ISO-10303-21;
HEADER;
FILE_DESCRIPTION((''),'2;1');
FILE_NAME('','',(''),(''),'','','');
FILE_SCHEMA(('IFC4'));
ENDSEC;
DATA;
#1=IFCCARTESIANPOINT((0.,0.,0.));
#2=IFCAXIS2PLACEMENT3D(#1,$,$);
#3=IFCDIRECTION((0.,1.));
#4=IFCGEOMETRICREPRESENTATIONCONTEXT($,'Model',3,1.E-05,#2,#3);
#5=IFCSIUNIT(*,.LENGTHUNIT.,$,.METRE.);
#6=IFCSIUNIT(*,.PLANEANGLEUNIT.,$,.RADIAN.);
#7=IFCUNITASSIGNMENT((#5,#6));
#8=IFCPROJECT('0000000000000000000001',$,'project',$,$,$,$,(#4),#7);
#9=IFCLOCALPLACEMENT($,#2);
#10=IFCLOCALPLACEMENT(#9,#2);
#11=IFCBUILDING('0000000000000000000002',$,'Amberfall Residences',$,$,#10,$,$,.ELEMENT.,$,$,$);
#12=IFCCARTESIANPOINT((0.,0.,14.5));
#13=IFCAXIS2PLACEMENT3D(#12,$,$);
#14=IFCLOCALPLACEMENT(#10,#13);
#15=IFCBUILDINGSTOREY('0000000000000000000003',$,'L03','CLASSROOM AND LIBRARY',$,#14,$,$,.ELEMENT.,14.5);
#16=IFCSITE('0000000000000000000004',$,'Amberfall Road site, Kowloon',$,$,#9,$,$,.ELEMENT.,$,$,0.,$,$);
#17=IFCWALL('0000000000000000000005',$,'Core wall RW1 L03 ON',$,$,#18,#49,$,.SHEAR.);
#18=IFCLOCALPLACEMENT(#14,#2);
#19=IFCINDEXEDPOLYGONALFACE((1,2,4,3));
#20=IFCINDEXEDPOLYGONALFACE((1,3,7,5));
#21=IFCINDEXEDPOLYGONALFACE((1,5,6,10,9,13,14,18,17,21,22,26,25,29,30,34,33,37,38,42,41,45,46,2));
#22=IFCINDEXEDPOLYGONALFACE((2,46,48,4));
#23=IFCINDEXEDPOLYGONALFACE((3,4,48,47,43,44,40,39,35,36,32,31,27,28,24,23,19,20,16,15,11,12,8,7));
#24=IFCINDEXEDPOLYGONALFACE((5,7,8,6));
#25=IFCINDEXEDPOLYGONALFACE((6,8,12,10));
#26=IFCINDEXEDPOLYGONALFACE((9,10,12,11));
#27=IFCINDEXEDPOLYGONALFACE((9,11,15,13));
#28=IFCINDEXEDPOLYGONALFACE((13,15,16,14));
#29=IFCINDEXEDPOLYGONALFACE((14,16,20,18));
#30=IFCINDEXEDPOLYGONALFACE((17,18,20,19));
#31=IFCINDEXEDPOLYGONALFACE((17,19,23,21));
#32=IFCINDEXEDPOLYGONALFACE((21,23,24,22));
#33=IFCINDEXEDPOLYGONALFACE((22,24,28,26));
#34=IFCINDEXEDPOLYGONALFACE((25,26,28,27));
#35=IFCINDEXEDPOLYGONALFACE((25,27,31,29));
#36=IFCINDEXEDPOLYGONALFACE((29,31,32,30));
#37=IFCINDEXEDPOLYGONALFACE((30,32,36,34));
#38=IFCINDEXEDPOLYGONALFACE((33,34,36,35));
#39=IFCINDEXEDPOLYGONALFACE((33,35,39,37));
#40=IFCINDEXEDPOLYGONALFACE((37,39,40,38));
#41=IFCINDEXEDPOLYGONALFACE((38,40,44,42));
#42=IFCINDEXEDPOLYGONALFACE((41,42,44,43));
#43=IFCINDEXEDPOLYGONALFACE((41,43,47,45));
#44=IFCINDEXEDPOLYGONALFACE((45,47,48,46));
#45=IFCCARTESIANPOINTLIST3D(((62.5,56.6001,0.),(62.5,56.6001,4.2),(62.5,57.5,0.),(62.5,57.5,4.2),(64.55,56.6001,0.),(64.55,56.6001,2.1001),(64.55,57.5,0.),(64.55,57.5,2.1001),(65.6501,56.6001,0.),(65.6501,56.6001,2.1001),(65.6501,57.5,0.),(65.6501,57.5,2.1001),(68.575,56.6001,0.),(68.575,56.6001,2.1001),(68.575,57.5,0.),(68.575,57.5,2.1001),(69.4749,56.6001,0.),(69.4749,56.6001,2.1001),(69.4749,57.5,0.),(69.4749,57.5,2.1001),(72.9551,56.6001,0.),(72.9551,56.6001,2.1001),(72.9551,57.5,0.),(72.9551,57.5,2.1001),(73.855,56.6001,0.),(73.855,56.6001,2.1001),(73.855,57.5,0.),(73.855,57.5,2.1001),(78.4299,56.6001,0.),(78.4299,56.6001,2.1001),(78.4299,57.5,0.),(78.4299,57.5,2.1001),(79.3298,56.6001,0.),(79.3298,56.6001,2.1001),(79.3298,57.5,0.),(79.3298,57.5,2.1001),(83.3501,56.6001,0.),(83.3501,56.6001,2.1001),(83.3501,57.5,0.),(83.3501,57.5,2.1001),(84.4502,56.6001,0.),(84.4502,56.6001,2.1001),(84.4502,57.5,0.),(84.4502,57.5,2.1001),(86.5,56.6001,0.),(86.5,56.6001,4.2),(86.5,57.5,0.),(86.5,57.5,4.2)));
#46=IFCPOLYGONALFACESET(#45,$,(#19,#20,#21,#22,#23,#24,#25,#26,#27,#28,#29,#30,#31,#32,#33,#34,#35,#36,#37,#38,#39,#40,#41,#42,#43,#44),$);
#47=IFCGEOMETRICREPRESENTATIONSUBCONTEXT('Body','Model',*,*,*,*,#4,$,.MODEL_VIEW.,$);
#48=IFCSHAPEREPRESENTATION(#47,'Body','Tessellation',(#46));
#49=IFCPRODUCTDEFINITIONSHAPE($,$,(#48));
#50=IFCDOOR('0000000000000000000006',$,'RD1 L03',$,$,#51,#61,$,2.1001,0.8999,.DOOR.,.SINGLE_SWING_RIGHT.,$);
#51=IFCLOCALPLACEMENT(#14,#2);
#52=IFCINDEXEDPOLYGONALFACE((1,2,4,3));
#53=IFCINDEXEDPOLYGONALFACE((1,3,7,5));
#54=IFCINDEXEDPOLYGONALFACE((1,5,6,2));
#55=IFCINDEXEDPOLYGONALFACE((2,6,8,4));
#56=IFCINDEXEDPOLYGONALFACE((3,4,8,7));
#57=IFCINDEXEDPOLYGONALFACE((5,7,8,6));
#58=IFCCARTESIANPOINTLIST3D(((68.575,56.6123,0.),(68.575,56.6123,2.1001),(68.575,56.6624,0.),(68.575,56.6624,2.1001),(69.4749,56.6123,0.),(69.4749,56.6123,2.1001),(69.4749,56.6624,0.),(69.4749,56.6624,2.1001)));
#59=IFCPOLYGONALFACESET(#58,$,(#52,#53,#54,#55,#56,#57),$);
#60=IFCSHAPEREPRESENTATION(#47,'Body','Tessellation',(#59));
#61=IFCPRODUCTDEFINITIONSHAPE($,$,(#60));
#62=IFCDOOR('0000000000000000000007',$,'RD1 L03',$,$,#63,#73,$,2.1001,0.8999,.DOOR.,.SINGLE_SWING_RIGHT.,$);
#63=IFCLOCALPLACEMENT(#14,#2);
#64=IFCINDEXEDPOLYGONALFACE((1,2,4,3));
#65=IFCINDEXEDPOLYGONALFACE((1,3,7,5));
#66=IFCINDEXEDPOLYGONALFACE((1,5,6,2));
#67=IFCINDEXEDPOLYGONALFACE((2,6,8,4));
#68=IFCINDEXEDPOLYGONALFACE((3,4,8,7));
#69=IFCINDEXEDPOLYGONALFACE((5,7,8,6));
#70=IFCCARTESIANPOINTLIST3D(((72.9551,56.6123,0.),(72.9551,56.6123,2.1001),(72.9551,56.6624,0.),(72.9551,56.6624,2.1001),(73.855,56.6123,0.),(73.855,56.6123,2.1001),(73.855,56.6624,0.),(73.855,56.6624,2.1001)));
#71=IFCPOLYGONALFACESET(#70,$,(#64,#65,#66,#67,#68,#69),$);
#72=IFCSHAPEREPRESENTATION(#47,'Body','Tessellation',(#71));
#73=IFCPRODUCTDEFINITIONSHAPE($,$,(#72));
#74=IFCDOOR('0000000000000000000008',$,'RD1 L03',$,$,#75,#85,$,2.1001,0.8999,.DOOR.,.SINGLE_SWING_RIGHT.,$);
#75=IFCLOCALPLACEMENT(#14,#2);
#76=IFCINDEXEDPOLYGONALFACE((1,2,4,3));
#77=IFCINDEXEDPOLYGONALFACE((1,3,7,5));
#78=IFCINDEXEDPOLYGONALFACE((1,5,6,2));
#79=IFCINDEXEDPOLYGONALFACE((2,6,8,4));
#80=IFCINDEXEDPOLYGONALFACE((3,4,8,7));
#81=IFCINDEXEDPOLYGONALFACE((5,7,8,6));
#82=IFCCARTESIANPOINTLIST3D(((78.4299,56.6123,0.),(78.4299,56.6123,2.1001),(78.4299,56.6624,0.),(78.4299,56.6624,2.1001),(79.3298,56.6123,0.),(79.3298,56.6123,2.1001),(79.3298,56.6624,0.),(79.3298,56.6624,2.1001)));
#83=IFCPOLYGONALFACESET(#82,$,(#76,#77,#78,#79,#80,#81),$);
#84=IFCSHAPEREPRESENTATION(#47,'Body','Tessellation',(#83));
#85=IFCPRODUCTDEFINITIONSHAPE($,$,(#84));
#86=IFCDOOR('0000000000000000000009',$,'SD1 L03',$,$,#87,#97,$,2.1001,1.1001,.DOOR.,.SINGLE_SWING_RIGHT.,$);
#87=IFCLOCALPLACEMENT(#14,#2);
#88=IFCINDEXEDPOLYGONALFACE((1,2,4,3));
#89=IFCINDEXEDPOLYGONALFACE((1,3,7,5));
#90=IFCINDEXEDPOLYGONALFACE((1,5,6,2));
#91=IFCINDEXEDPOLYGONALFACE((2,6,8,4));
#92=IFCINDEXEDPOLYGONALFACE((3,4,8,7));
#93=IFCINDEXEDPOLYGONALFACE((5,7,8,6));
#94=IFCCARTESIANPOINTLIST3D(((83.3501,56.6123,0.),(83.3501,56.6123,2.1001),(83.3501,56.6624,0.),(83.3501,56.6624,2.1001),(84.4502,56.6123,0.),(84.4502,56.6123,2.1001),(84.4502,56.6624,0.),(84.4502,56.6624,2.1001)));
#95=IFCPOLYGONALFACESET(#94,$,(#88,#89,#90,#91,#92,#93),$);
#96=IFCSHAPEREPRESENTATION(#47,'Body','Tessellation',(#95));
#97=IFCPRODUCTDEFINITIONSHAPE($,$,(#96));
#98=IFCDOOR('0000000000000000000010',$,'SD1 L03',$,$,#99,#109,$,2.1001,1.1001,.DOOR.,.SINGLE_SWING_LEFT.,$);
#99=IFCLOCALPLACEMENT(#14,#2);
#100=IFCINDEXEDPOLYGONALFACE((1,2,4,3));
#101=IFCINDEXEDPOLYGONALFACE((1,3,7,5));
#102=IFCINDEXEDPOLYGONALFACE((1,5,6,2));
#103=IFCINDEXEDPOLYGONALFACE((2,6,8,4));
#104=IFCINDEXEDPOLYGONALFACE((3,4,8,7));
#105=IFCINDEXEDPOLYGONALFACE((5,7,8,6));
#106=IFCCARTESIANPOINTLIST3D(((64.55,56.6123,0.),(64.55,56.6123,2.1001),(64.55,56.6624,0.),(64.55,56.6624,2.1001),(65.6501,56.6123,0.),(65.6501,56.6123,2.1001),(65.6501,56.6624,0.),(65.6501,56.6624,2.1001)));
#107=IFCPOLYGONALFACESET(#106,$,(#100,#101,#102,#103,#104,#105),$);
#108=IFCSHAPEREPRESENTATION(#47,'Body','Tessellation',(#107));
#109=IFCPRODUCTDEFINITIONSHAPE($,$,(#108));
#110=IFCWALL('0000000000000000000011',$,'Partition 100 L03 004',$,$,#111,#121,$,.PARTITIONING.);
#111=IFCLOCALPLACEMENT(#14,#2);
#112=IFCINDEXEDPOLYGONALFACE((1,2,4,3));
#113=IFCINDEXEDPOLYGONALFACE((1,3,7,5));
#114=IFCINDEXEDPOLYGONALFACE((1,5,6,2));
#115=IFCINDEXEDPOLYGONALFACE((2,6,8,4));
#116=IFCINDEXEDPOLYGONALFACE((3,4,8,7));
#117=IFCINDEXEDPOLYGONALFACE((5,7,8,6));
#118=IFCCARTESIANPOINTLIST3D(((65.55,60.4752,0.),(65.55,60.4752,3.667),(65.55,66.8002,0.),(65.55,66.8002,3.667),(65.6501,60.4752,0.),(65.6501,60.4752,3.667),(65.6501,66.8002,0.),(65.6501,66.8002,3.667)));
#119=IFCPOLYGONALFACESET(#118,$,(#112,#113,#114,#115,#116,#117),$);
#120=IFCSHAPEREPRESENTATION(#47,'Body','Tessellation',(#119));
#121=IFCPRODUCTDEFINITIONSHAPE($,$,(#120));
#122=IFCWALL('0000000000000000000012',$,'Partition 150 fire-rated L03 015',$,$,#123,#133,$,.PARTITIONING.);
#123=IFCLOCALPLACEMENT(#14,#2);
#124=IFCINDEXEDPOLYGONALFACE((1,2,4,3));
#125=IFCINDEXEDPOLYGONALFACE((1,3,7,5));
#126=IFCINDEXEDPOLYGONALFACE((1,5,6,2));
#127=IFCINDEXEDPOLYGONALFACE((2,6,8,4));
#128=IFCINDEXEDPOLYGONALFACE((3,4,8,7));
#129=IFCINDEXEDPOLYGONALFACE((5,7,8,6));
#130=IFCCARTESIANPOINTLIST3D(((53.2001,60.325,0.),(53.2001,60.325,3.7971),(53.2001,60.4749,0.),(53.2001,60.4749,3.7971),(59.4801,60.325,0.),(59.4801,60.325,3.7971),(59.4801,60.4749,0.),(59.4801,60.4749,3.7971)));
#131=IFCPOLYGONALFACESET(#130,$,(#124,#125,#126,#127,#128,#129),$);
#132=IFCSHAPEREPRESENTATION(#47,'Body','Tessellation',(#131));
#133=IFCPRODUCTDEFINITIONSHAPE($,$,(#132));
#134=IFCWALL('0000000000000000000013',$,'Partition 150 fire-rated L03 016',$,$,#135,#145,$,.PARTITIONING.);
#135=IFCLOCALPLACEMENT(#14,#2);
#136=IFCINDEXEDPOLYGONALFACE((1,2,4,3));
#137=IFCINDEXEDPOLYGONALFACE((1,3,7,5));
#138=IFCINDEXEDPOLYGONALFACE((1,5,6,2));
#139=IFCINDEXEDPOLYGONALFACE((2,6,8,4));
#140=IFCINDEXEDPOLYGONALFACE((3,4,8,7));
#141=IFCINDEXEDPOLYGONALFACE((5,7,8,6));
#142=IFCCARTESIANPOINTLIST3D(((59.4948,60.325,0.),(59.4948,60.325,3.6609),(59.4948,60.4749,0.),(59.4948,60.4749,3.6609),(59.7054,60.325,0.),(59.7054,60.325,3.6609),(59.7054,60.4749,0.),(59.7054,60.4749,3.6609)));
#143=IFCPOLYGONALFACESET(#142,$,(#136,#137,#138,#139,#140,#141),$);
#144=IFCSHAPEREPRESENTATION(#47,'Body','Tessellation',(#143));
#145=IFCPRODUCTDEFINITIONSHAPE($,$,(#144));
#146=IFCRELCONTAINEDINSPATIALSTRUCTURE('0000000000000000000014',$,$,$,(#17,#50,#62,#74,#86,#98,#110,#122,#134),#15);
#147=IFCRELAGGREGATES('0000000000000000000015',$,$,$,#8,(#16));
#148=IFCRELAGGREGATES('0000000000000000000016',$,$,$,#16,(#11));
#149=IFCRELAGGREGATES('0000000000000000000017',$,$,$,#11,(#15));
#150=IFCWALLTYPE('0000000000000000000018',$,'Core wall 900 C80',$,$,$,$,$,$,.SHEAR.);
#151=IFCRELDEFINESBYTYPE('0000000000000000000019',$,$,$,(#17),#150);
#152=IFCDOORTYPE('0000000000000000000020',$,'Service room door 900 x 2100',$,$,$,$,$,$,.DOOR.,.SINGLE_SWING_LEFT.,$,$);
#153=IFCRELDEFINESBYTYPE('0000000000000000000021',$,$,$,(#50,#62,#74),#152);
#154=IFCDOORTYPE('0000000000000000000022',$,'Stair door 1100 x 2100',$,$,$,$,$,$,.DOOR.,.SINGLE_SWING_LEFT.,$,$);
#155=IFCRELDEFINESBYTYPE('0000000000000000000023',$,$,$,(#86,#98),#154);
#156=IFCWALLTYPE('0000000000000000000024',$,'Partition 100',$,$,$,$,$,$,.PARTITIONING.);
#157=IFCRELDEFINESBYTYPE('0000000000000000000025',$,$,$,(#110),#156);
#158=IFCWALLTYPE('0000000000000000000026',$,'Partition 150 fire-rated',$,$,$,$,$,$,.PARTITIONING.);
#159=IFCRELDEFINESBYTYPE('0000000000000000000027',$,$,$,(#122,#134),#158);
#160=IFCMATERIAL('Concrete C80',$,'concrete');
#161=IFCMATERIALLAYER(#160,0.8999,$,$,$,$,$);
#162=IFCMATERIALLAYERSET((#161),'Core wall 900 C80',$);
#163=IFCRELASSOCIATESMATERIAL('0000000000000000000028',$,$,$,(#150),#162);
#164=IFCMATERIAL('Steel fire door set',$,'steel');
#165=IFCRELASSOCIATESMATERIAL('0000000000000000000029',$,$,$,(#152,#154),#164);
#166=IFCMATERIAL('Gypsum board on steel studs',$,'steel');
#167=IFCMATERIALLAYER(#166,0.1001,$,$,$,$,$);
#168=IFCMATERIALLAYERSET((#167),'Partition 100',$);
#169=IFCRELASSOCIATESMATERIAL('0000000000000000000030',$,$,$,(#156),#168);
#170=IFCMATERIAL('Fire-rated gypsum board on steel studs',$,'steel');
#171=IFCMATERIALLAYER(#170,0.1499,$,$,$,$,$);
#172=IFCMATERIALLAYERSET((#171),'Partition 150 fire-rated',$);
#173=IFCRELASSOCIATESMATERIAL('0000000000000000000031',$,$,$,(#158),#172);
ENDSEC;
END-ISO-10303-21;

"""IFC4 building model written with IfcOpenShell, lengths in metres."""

from ifc_helpers import new_model, si_unit, direction, frame, frame_2d, origin, place, context, subcontext, project, spatial, rectangle, extrude, material, layer, layer_set, type_object, element, fill, save


model = new_model("IFC4")

# Units and contexts
model_context = context("Model", 3, precision=1e-05, world=origin(), true_north=direction((0.0, 1.0)))
body_context = subcontext(model_context, "Body", "Model", "MODEL_VIEW")
ifc_project = project(units=[si_unit("LENGTHUNIT", "METRE"), si_unit("PLANEANGLEUNIT", "RADIAN")], contexts=[model_context])

# Site, building, storey
site_placement = place(None, origin())
site = spatial("IfcSite", under=ifc_project, at=site_placement, Name="Amberfall Road site, Kowloon", CompositionType="ELEMENT", RefElevation=0.0)
building_placement = place(site_placement, origin())
building = spatial("IfcBuilding", under=site, at=building_placement, Name="Amberfall Residences", CompositionType="ELEMENT")
storey_placement = place(building_placement, frame((0.0, 0.0, 14.5)))
storey = spatial("IfcBuildingStorey", under=building, at=storey_placement, Name="L03", Description="CLASSROOM AND LIBRARY", CompositionType="ELEMENT", Elevation=14.5)

# Shared definitions
ifc_material_1 = material(Name="Concrete C80", Category="concrete")

# Wall, openings, doors
ifc_layer_1 = layer(ifc_material_1, 0.8999)
ifc_layer_set_1 = layer_set([ifc_layer_1], Name="Core wall 900 C80")
wall_type_1 = type_object("IfcWallType", Name="Core wall 900 C80", PredefinedType="SHEAR", material=ifc_layer_set_1)
wall_1_placement = place(storey_placement, frame((62.5, 57.05, 0.0), z_axis=(0.0, 0.0, 1.0), x_axis=(1.0, 0.0, 0.0)))
wall_1 = element("IfcWall", 1, at=wall_1_placement, inside=storey, type_object=wall_type_1, Name="Core wall RW1 L03 ON", PredefinedType="SHEAR", context=body_context, shape_type="SweptSolid", body=[
    extrude(rectangle(XDim=24.0, YDim=0.8999, at=frame_2d((12.0, 0.0))), origin(), (0.0, 0.0, 1.0), 4.2),
])
opening_1_placement = place(wall_1_placement, frame((20.8501, 0.0, 0.0)))
opening_1 = element("IfcOpeningElement", 2, at=opening_1_placement, cuts=wall_1, PredefinedType="OPENING", context=body_context, shape_type="SweptSolid", body=[
    extrude(rectangle(XDim=1.1001, YDim=2.1001, at=frame_2d((0.55, 1.05))), frame((0.0, 0.46, 0.0), z_axis=(0.0, -1.0, 0.0), x_axis=(1.0, 0.0, 0.0)), (0.0, 0.0, 1.0), 0.9199),
])
opening_2_placement = place(wall_1_placement, frame((2.05, 0.0, 0.0)))
opening_2 = element("IfcOpeningElement", 3, at=opening_2_placement, cuts=wall_1, PredefinedType="OPENING", context=body_context, shape_type="SweptSolid", body=[
    extrude(rectangle(XDim=1.1001, YDim=2.1001, at=frame_2d((0.55, 1.05))), frame((0.0, 0.46, 0.0), z_axis=(0.0, -1.0, 0.0), x_axis=(1.0, 0.0, 0.0)), (0.0, 0.0, 1.0), 0.9199),
])
opening_3_placement = place(wall_1_placement, frame((6.075, 0.0, 0.0)))
opening_3 = element("IfcOpeningElement", 4, at=opening_3_placement, cuts=wall_1, PredefinedType="OPENING", context=body_context, shape_type="SweptSolid", body=[
    extrude(rectangle(XDim=0.8999, YDim=2.1001, at=frame_2d((0.45, 1.05))), frame((0.0, 0.46, 0.0), z_axis=(0.0, -1.0, 0.0), x_axis=(1.0, 0.0, 0.0)), (0.0, 0.0, 1.0), 0.9199),
])
opening_4_placement = place(wall_1_placement, frame((10.4551, 0.0, 0.0)))
opening_4 = element("IfcOpeningElement", 5, at=opening_4_placement, cuts=wall_1, PredefinedType="OPENING", context=body_context, shape_type="SweptSolid", body=[
    extrude(rectangle(XDim=0.8999, YDim=2.1001, at=frame_2d((0.45, 1.05))), frame((0.0, 0.46, 0.0), z_axis=(0.0, -1.0, 0.0), x_axis=(1.0, 0.0, 0.0)), (0.0, 0.0, 1.0), 0.9199),
])
opening_5_placement = place(wall_1_placement, frame((15.9299, 0.0, 0.0)))
opening_5 = element("IfcOpeningElement", 6, at=opening_5_placement, cuts=wall_1, PredefinedType="OPENING", context=body_context, shape_type="SweptSolid", body=[
    extrude(rectangle(XDim=0.8999, YDim=2.1001, at=frame_2d((0.45, 1.05))), frame((0.0, 0.46, 0.0), z_axis=(0.0, -1.0, 0.0), x_axis=(1.0, 0.0, 0.0)), (0.0, 0.0, 1.0), 0.9199),
])
ifc_material_2 = material(Name="Steel fire door set", Category="steel")
door_type_1 = type_object("IfcDoorType", Name="Service room door 900 x 2100", OperationType="SINGLE_SWING_LEFT", PredefinedType="DOOR", material=ifc_material_2)
door_1_placement = place(opening_3_placement, origin())
door_1 = element("IfcDoor", 7, at=door_1_placement, inside=storey, type_object=door_type_1, Name="RD1 L03", OperationType="SINGLE_SWING_RIGHT", OverallHeight=2.1001, OverallWidth=0.8999, PredefinedType="DOOR", context=body_context, shape_type="SweptSolid", body=[
    extrude(rectangle(XDim=0.8999, YDim=2.1001, at=frame_2d((0.45, 1.05))), frame((0.0, -0.3877, 0.0), z_axis=(0.0, -1.0, 0.0), x_axis=(1.0, 0.0, 0.0)), (0.0, 0.0, 1.0), 0.05),
])
fill(opening_3, door_1)
door_2_placement = place(opening_4_placement, origin())
door_2 = element("IfcDoor", 8, at=door_2_placement, inside=storey, type_object=door_type_1, Name="RD1 L03", OperationType="SINGLE_SWING_RIGHT", OverallHeight=2.1001, OverallWidth=0.8999, PredefinedType="DOOR", context=body_context, shape_type="SweptSolid", body=[
    extrude(rectangle(XDim=0.8999, YDim=2.1001, at=frame_2d((0.45, 1.05))), frame((0.0, -0.3877, 0.0), z_axis=(0.0, -1.0, 0.0), x_axis=(1.0, 0.0, 0.0)), (0.0, 0.0, 1.0), 0.05),
])
fill(opening_4, door_2)
door_3_placement = place(opening_5_placement, origin())
door_3 = element("IfcDoor", 9, at=door_3_placement, inside=storey, type_object=door_type_1, Name="RD1 L03", OperationType="SINGLE_SWING_RIGHT", OverallHeight=2.1001, OverallWidth=0.8999, PredefinedType="DOOR", context=body_context, shape_type="SweptSolid", body=[
    extrude(rectangle(XDim=0.8999, YDim=2.1001, at=frame_2d((0.45, 1.05))), frame((0.0, -0.3877, 0.0), z_axis=(0.0, -1.0, 0.0), x_axis=(1.0, 0.0, 0.0)), (0.0, 0.0, 1.0), 0.05),
])
fill(opening_5, door_3)
door_type_2 = type_object("IfcDoorType", Name="Stair door 1100 x 2100", OperationType="SINGLE_SWING_LEFT", PredefinedType="DOOR", material=ifc_material_2)
door_4_placement = place(opening_1_placement, origin())
door_4 = element("IfcDoor", 10, at=door_4_placement, inside=storey, type_object=door_type_2, Name="SD1 L03", OperationType="SINGLE_SWING_RIGHT", OverallHeight=2.1001, OverallWidth=1.1001, PredefinedType="DOOR", context=body_context, shape_type="SweptSolid", body=[
    extrude(rectangle(XDim=1.1001, YDim=2.1001, at=frame_2d((0.55, 1.05))), frame((0.0, -0.3877, 0.0), z_axis=(0.0, -1.0, 0.0), x_axis=(1.0, 0.0, 0.0)), (0.0, 0.0, 1.0), 0.05),
])
fill(opening_1, door_4)
door_5_placement = place(opening_2_placement, origin())
door_5 = element("IfcDoor", 11, at=door_5_placement, inside=storey, type_object=door_type_2, Name="SD1 L03", OperationType="SINGLE_SWING_LEFT", OverallHeight=2.1001, OverallWidth=1.1001, PredefinedType="DOOR", context=body_context, shape_type="SweptSolid", body=[
    extrude(rectangle(XDim=1.1001, YDim=2.1001, at=frame_2d((0.55, 1.05))), frame((0.0, -0.3877, 0.0), z_axis=(0.0, -1.0, 0.0), x_axis=(1.0, 0.0, 0.0)), (0.0, 0.0, 1.0), 0.05),
])
fill(opening_2, door_5)

# Walls
ifc_material_3 = material(Name="Gypsum board on steel studs", Category="steel")
ifc_layer_2 = layer(ifc_material_3, 0.1001)
ifc_layer_set_2 = layer_set([ifc_layer_2], Name="Partition 100")
wall_type_2 = type_object("IfcWallType", Name="Partition 100", PredefinedType="PARTITIONING", material=ifc_layer_set_2)
wall_2_placement = place(storey_placement, frame((65.6001, 60.4751, 0.0), z_axis=(0.0, 0.0, 1.0), x_axis=(0.0, 1.0, 0.0)))
element("IfcWall", 12, at=wall_2_placement, inside=storey, type_object=wall_type_2, Name="Partition 100 L03 004", PredefinedType="PARTITIONING", context=body_context, shape_type="SweptSolid", body=[
    extrude(rectangle(XDim=6.325, YDim=0.1001, at=frame_2d((3.1626, 0.0))), origin(), (0.0, 0.0, 1.0), 3.667),
])
ifc_material_4 = material(Name="Fire-rated gypsum board on steel studs", Category="steel")
ifc_layer_3 = layer(ifc_material_4, 0.1499)
ifc_layer_set_3 = layer_set([ifc_layer_3], Name="Partition 150 fire-rated")
wall_type_3 = type_object("IfcWallType", Name="Partition 150 fire-rated", PredefinedType="PARTITIONING", material=ifc_layer_set_3)
wall_3_placement = place(storey_placement, frame((53.2, 60.3999, 0.0), z_axis=(0.0, 0.0, 1.0), x_axis=(1.0, 0.0, 0.0)))
element("IfcWall", 13, at=wall_3_placement, inside=storey, type_object=wall_type_3, Name="Partition 150 fire-rated L03 015", PredefinedType="PARTITIONING", context=body_context, shape_type="SweptSolid", body=[
    extrude(rectangle(XDim=6.28, YDim=0.1499, at=frame_2d((3.1401, 0.0))), origin(), (0.0, 0.0, 1.0), 3.7971),
])
wall_4_placement = place(storey_placement, frame((59.4946, 60.3999, 0.0), z_axis=(0.0, 0.0, 1.0), x_axis=(1.0, 0.0, 0.0)))
element("IfcWall", 14, at=wall_4_placement, inside=storey, type_object=wall_type_3, Name="Partition 150 fire-rated L03 016", PredefinedType="PARTITIONING", context=body_context, shape_type="SweptSolid", body=[
    extrude(rectangle(XDim=0.2107, YDim=0.1499, at=frame_2d((0.1055, 0.0))), origin(), (0.0, 0.0, 1.0), 3.6609),
])

save(model, "model.ifc")
